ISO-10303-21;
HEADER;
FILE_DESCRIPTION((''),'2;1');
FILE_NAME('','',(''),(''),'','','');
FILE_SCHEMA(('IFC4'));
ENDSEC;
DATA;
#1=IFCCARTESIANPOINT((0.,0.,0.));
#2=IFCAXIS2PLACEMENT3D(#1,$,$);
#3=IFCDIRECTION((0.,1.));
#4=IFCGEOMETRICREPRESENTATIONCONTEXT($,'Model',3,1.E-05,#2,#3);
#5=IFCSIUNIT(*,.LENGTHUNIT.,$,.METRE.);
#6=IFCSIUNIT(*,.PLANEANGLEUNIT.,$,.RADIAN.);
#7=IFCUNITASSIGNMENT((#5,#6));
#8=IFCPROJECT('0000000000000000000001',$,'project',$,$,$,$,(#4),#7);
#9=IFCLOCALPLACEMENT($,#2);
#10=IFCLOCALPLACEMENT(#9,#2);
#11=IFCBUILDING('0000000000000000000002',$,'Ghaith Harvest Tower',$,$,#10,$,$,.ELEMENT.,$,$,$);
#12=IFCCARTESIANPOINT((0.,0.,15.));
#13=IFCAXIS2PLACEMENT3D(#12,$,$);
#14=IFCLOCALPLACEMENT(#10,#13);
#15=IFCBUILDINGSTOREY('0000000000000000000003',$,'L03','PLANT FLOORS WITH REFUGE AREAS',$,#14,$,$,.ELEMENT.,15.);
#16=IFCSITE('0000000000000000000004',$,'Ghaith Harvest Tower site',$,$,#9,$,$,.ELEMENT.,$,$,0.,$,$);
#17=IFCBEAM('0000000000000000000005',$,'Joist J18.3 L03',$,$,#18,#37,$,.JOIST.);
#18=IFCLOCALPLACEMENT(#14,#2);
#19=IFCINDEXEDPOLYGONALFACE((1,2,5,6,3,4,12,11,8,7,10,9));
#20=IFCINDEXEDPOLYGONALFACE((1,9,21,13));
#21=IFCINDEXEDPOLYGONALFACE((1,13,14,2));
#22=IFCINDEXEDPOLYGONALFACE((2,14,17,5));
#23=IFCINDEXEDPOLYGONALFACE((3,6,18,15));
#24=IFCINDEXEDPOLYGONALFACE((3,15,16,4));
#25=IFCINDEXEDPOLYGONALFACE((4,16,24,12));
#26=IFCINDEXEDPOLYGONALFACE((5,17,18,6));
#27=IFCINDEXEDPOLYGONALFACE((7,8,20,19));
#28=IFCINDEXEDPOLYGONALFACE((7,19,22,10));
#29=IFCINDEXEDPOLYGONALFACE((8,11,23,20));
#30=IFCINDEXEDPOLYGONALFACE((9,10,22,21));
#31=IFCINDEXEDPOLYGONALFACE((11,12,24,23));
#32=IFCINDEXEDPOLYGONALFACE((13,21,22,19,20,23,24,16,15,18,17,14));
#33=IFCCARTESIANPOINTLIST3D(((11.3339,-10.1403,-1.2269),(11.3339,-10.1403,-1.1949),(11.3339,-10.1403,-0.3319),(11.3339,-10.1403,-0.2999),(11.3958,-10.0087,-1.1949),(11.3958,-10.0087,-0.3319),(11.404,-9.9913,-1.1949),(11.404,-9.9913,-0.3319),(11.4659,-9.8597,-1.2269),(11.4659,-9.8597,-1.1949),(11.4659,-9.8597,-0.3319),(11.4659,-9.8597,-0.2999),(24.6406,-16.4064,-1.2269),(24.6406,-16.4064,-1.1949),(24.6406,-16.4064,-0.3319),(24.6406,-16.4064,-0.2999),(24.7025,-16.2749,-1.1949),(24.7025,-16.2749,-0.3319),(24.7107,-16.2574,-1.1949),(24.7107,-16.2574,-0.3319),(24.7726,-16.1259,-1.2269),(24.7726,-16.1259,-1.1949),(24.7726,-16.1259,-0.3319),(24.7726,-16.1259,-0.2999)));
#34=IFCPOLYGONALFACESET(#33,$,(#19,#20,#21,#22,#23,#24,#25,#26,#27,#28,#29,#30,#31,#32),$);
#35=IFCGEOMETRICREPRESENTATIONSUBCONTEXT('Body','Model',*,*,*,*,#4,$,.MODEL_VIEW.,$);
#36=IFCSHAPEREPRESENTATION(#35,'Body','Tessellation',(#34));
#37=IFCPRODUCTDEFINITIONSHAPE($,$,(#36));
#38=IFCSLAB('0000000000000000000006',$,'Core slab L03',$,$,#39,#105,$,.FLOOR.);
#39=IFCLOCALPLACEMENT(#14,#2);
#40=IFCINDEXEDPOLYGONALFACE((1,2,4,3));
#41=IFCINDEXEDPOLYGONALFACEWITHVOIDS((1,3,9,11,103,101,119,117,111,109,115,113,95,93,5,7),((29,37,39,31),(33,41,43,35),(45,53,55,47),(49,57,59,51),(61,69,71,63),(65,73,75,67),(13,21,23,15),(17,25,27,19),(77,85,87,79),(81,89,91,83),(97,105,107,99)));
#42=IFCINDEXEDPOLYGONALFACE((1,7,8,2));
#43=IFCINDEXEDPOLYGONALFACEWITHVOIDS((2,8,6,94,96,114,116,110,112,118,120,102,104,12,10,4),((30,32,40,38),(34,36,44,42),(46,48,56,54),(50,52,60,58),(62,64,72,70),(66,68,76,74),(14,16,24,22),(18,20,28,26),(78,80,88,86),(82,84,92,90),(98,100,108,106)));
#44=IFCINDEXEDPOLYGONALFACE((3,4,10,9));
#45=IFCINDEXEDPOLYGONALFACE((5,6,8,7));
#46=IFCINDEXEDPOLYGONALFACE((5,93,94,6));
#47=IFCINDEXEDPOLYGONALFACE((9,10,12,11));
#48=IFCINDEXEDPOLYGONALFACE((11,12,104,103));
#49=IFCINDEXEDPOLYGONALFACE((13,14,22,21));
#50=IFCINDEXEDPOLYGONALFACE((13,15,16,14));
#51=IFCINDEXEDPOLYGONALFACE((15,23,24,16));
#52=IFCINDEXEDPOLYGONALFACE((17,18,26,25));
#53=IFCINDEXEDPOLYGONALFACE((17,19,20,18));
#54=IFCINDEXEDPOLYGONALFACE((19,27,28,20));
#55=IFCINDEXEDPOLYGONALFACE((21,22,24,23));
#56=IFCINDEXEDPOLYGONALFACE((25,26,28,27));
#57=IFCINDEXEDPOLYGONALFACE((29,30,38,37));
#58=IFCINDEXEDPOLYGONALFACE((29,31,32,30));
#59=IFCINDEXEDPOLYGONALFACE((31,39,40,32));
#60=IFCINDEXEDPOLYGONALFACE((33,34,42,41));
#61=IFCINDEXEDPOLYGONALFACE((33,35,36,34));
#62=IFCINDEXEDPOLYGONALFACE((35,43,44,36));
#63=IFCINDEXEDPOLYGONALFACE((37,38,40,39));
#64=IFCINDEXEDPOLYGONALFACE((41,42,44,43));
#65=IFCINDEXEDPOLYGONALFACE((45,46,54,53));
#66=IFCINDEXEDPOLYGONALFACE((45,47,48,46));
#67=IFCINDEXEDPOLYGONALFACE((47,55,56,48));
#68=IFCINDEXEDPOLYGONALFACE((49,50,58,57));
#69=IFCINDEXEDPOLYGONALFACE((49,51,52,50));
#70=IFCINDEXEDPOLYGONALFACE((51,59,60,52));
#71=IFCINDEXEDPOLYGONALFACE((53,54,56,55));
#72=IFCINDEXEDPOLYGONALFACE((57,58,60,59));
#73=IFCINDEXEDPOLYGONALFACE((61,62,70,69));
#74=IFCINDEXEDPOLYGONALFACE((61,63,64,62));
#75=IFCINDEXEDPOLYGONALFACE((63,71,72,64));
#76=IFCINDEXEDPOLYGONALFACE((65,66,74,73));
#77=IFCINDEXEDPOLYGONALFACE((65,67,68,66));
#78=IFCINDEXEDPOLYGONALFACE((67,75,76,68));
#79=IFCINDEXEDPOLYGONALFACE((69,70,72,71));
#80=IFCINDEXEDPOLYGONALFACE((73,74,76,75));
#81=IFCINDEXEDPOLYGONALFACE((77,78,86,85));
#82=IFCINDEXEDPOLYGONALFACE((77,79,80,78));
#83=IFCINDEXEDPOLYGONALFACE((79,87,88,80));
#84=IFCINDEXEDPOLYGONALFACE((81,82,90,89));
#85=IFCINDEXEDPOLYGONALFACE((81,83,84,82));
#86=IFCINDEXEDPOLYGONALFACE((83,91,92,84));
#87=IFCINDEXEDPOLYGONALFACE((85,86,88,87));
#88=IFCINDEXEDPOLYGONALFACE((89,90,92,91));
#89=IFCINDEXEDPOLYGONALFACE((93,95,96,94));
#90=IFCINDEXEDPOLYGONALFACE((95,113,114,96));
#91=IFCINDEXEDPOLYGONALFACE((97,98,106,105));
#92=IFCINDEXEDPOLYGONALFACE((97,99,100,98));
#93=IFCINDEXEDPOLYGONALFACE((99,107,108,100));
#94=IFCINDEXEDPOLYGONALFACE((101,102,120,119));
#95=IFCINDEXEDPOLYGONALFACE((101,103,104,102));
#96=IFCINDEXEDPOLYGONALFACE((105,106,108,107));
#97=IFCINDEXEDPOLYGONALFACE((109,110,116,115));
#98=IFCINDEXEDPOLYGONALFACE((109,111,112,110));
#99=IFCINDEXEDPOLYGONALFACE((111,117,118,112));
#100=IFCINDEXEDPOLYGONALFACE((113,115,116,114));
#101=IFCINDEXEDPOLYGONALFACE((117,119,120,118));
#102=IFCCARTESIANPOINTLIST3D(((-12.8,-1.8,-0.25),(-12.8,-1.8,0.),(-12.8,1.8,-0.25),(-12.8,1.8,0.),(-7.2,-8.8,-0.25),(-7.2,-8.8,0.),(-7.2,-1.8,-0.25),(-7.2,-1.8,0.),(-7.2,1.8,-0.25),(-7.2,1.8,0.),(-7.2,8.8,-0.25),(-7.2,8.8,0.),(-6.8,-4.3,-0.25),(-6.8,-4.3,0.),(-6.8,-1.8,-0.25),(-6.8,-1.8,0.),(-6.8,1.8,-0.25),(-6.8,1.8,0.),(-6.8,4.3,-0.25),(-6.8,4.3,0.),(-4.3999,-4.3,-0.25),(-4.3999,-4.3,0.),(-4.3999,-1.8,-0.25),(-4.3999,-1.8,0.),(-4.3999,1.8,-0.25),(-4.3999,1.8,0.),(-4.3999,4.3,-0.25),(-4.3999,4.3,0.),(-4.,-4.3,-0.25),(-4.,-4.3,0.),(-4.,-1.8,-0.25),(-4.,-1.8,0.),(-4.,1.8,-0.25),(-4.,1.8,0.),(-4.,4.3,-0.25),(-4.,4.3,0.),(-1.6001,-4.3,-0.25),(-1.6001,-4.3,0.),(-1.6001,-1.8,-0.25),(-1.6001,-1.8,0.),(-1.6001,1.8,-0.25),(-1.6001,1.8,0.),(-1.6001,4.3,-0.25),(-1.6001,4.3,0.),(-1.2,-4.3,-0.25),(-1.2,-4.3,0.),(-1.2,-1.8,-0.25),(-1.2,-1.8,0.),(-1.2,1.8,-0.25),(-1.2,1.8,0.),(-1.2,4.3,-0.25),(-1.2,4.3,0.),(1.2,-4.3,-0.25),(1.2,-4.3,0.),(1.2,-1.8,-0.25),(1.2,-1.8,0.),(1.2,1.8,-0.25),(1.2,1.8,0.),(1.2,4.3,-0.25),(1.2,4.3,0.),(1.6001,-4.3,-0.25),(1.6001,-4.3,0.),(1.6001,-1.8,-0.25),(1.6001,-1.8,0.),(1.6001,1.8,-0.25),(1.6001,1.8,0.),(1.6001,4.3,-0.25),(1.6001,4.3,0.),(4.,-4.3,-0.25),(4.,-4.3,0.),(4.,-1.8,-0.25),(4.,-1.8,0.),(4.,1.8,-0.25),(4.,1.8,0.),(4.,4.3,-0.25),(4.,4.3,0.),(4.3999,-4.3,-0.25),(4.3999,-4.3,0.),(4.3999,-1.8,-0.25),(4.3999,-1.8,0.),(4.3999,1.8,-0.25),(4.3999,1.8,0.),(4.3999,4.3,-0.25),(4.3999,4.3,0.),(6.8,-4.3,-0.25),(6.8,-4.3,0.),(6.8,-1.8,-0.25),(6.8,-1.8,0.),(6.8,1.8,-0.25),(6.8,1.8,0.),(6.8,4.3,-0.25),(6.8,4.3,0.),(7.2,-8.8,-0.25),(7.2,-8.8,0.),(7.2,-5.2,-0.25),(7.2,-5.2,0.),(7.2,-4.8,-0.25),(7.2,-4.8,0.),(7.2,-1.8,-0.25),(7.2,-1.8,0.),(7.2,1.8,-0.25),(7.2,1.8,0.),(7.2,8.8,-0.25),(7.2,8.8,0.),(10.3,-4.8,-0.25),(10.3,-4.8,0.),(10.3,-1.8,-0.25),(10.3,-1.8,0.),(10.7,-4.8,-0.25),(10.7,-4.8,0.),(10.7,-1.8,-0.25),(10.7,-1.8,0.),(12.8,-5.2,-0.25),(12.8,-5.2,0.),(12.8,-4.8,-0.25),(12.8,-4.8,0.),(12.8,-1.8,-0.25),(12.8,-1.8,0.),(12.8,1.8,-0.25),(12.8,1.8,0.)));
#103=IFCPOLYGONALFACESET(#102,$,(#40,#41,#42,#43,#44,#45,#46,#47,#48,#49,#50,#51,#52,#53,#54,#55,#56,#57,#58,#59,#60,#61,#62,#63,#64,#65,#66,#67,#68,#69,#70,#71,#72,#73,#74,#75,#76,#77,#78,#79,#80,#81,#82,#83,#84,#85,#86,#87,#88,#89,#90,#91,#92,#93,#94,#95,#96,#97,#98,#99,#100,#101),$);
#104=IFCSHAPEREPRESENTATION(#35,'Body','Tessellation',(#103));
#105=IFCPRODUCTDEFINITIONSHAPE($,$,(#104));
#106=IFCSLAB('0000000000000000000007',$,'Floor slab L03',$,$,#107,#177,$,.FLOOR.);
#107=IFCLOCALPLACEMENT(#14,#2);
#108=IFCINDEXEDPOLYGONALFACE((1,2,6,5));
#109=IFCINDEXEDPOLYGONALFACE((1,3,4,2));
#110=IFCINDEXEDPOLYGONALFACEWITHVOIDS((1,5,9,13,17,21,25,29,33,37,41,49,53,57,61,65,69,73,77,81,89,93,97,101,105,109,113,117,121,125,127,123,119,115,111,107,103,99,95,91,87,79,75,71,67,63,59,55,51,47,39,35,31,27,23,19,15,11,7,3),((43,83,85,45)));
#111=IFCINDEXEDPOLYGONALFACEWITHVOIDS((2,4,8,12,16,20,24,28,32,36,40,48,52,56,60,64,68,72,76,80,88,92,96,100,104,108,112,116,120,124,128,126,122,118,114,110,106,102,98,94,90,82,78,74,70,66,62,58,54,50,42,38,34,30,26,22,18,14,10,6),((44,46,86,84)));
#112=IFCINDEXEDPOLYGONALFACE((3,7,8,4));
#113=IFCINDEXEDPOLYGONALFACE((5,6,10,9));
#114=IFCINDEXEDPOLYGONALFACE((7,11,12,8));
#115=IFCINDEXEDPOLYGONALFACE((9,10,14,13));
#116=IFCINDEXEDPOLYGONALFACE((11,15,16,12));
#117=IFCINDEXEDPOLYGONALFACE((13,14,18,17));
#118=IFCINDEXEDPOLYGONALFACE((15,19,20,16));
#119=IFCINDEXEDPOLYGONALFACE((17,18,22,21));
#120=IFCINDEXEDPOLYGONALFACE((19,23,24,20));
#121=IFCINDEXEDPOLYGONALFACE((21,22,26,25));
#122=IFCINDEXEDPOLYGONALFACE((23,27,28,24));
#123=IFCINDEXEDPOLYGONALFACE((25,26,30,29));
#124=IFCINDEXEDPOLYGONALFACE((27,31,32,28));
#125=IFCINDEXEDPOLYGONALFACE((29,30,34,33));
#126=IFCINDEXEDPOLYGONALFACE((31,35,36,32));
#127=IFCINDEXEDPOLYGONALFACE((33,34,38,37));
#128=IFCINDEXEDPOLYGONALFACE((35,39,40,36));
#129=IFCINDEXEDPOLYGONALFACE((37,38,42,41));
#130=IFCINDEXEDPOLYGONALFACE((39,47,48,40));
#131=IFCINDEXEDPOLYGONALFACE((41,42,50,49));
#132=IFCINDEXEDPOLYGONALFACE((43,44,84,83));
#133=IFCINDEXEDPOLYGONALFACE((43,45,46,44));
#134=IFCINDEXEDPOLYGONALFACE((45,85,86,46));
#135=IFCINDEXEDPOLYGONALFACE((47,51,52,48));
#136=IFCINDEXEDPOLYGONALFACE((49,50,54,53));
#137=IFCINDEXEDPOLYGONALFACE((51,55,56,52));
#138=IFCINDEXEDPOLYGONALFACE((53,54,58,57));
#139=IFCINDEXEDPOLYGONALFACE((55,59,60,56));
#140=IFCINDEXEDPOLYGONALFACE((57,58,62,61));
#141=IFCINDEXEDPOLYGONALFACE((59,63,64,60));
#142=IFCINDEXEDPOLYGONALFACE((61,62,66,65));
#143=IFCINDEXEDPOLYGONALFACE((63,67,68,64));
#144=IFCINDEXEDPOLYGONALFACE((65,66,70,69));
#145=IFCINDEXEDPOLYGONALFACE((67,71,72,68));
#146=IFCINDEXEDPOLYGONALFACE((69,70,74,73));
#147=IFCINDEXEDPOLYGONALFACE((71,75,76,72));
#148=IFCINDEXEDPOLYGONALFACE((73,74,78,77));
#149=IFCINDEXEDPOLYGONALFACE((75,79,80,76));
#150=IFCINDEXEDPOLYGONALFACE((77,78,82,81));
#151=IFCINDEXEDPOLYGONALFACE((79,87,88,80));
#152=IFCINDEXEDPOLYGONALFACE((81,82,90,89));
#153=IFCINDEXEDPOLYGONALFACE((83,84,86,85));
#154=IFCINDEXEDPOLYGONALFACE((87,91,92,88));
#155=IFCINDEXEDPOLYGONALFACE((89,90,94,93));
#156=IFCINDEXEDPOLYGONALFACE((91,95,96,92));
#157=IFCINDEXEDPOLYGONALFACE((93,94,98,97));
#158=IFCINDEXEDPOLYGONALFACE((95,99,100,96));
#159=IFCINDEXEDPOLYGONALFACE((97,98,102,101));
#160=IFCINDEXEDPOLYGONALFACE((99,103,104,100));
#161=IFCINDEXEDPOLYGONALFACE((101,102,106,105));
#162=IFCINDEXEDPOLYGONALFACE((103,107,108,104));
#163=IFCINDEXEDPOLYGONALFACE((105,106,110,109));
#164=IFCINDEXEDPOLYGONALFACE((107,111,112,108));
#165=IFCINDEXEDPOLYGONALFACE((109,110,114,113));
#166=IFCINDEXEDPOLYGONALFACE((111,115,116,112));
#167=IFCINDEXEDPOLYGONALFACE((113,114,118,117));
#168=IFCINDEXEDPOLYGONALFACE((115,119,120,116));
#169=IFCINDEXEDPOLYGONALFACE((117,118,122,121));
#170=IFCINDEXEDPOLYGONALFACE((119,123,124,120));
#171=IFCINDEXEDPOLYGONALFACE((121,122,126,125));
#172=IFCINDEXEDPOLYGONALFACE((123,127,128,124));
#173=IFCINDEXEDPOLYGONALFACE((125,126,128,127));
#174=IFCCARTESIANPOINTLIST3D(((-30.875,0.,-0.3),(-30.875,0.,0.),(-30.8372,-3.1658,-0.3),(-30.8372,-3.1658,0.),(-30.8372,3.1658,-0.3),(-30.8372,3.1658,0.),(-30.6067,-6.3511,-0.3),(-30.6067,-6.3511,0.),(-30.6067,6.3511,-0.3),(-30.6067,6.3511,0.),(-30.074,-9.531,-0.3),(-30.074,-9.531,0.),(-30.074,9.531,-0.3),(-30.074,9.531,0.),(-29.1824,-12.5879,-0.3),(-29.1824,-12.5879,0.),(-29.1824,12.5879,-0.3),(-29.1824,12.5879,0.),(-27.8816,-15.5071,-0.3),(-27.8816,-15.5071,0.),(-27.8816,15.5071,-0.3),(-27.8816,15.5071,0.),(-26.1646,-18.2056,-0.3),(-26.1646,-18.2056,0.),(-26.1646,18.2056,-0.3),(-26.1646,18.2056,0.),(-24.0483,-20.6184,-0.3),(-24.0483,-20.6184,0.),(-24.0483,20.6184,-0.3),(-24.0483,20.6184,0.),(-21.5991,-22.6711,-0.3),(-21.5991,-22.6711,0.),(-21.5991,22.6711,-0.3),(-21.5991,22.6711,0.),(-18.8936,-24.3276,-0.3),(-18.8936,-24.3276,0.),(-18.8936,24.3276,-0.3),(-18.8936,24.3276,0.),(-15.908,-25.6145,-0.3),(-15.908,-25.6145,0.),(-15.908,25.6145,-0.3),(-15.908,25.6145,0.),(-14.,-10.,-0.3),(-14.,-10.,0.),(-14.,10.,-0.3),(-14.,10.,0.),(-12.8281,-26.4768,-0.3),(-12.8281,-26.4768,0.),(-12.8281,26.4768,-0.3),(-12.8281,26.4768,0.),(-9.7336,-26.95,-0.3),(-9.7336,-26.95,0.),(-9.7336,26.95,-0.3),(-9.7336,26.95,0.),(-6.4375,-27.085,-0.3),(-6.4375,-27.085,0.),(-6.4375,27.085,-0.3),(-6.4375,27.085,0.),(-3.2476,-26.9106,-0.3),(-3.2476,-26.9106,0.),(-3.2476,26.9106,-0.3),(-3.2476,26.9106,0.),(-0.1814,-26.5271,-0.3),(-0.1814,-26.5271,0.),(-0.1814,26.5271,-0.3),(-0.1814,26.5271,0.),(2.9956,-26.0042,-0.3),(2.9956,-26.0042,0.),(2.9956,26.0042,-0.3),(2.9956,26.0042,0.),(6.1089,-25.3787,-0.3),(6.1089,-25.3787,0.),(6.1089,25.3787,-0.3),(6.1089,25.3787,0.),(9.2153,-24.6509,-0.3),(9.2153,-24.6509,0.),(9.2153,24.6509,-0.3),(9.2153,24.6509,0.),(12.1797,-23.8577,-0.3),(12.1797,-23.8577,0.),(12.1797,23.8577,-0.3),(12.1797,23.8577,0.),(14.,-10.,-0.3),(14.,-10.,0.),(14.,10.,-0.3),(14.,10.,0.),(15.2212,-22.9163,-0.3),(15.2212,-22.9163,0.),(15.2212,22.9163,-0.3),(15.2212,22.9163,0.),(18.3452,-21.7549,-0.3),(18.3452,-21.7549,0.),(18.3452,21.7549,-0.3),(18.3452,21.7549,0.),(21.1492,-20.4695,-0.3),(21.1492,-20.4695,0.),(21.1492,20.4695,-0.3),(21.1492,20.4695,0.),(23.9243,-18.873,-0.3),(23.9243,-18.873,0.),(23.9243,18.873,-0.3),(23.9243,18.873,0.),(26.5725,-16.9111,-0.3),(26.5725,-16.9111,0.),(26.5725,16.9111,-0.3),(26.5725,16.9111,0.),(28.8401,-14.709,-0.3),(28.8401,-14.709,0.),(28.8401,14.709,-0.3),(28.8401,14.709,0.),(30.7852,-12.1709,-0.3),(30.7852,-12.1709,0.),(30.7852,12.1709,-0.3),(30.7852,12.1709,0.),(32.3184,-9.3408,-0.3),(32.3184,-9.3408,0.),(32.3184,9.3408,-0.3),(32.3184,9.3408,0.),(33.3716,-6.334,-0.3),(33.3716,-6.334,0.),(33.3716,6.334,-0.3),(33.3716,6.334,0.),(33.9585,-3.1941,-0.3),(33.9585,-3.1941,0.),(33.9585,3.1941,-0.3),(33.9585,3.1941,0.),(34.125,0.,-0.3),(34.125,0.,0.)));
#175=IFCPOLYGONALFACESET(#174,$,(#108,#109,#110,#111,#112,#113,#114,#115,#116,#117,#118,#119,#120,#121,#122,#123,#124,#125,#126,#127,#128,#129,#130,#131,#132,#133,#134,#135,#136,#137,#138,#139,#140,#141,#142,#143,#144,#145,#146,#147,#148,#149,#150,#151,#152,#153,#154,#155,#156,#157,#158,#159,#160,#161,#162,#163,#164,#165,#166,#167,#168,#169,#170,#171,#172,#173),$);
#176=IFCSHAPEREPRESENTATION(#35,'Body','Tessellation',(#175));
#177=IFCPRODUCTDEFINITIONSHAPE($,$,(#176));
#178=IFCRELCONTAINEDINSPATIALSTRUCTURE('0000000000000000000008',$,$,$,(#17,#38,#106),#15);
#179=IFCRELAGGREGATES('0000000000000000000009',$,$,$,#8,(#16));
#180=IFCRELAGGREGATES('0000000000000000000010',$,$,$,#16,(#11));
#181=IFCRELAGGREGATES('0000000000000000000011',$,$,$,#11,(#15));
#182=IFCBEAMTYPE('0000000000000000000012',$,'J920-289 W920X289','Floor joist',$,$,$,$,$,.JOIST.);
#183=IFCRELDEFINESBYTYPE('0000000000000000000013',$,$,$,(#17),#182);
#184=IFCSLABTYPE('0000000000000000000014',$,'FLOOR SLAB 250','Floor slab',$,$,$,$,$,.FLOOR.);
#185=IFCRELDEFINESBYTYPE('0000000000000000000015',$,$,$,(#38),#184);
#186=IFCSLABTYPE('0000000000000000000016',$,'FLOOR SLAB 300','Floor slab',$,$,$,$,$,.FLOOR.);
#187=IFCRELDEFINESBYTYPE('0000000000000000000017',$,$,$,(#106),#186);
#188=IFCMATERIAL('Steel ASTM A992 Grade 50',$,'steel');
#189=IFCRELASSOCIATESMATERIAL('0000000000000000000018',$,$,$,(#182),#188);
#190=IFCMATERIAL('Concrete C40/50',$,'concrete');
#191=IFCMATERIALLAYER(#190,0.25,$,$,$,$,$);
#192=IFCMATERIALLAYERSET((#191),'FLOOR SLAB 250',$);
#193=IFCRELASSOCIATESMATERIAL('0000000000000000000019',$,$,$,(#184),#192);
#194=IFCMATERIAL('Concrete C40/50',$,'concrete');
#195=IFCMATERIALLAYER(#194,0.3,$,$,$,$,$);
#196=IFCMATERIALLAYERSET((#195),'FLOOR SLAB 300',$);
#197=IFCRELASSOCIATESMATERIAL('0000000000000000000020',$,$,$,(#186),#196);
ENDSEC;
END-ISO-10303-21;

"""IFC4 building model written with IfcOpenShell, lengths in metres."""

from ifc_helpers import new_model, si_unit, direction, frame, origin, origin_2d, place, context, subcontext, project, spatial, polyline, i_section, outline, extrude, material, layer, layer_set, material_profile, profile_set, type_object, element, save


model = new_model("IFC4")

# Units and contexts
model_context = context("Model", 3, precision=1e-05, world=origin(), true_north=direction((0.0, 1.0)))
body_context = subcontext(model_context, "Body", "Model", "MODEL_VIEW")
ifc_project = project(units=[si_unit("LENGTHUNIT", "METRE"), si_unit("PLANEANGLEUNIT", "RADIAN")], contexts=[model_context])

# Site, building, storey
site_placement = place(None, origin())
site = spatial("IfcSite", under=ifc_project, at=site_placement, Name="Ghaith Harvest Tower site", CompositionType="ELEMENT", RefElevation=0.0)
building_placement = place(site_placement, origin())
building = spatial("IfcBuilding", under=site, at=building_placement, Name="Ghaith Harvest Tower", CompositionType="ELEMENT")
storey_placement = place(building_placement, frame((0.0, 0.0, 15.0)))
storey = spatial("IfcBuildingStorey", under=building, at=storey_placement, Name="L03", Description="PLANT FLOORS WITH REFUGE AREAS", CompositionType="ELEMENT", Elevation=15.0)

# Beam
ifc_material_1 = material(Name="Steel ASTM A992 Grade 50", Category="steel")
ifc_material_profile_1 = material_profile(ifc_material_1, i_section(OverallWidth=0.3101, OverallDepth=0.927, WebThickness=0.0193, FlangeThickness=0.032, at=origin_2d()), Name="W920X289")
ifc_profile_set_1 = profile_set([ifc_material_profile_1], Name="Steel ASTM A992 Grade 50")
beam_type_1 = type_object("IfcBeamType", Name="J920-289 W920X289", Description="Floor joist", PredefinedType="JOIST", material=ifc_profile_set_1)
beam_1_placement = place(storey_placement, frame((11.3999, -10.0, -0.7634), z_axis=(0.90471, -0.426029, 0.0), x_axis=(0.426029, 0.90471, 0.0)))
element("IfcBeam", 1, at=beam_1_placement, inside=storey, type_object=beam_type_1, Name="Joist J18.3 L03", PredefinedType="JOIST", context=body_context, shape_type="SweptSolid", body=[
    extrude(i_section(OverallWidth=0.3101, OverallDepth=0.927, WebThickness=0.0193, FlangeThickness=0.032, at=origin_2d()), origin(), (0.0, 0.0, 1.0), 14.7083),
])

# Slabs
ifc_material_2 = material(Name="Concrete C40/50", Category="concrete")
ifc_layer_1 = layer(ifc_material_2, 0.25)
ifc_layer_set_1 = layer_set([ifc_layer_1], Name="FLOOR SLAB 250")
slab_type_1 = type_object("IfcSlabType", Name="FLOOR SLAB 250", Description="Floor slab", PredefinedType="FLOOR", material=ifc_layer_set_1)
slab_1_placement = place(storey_placement, frame((0.0, 0.0, -0.25)))
element("IfcSlab", 2, at=slab_1_placement, inside=storey, type_object=slab_type_1, Name="Core slab L03", PredefinedType="FLOOR", context=body_context, shape_type="SweptSolid", body=[
    extrude(outline(polyline([(-12.8, 1.8), (-7.2, 1.8), (-7.2, 8.8), (7.2, 8.8), (7.2, 1.8), (12.8, 1.8), (12.8, -1.8), (10.7, -1.8), (10.7, -4.8), (12.8, -4.8), (12.8, -5.2), (7.2, -5.2), (7.2, -8.8), (-7.2, -8.8), (-7.2, -1.8), (-12.8, -1.8), (-12.8, 1.8)]), holes=[polyline([(-4.3999, -4.3), (-4.3999, -1.8), (-6.8, -1.8), (-6.8, -4.3), (-4.3999, -4.3)]), polyline([(-1.6001, -4.3), (-1.6001, -1.8), (-4.0, -1.8), (-4.0, -4.3), (-1.6001, -4.3)]), polyline([(1.2, -4.3), (1.2, -1.8), (-1.2, -1.8), (-1.2, -4.3), (1.2, -4.3)]), polyline([(-4.3999, 1.8), (-4.3999, 4.3), (-6.8, 4.3), (-6.8, 1.8), (-4.3999, 1.8)]), polyline([(-1.6001, 1.8), (-1.6001, 4.3), (-4.0, 4.3), (-4.0, 1.8), (-1.6001, 1.8)]), polyline([(1.2, 1.8), (1.2, 4.3), (-1.2, 4.3), (-1.2, 1.8), (1.2, 1.8)]), polyline([(10.3, -4.8), (10.3, -1.8), (7.2, -1.8), (7.2, -4.8), (10.3, -4.8)]), polyline([(4.0, -4.3), (4.0, -1.8), (1.6001, -1.8), (1.6001, -4.3), (4.0, -4.3)]), polyline([(6.8, -4.3), (6.8, -1.8), (4.3999, -1.8), (4.3999, -4.3), (6.8, -4.3)]), polyline([(4.0, 1.8), (4.0, 4.3), (1.6001, 4.3), (1.6001, 1.8), (4.0, 1.8)]), polyline([(6.8, 1.8), (6.8, 4.3), (4.3999, 4.3), (4.3999, 1.8), (6.8, 1.8)])]), origin(), (0.0, 0.0, 1.0), 0.25),
])
ifc_material_3 = material(Name="Concrete C40/50", Category="concrete")
ifc_layer_2 = layer(ifc_material_3, 0.3)
ifc_layer_set_2 = layer_set([ifc_layer_2], Name="FLOOR SLAB 300")
slab_type_2 = type_object("IfcSlabType", Name="FLOOR SLAB 300", Description="Floor slab", PredefinedType="FLOOR", material=ifc_layer_set_2)
slab_2_placement = place(storey_placement, frame((0.0, 0.0, -0.3)))
element("IfcSlab", 3, at=slab_2_placement, inside=storey, type_object=slab_type_2, Name="Floor slab L03", PredefinedType="FLOOR", context=body_context, shape_type="SweptSolid", body=[
    extrude(outline(polyline([(34.125, 0.0), (33.9585, 3.1941), (33.3716, 6.334), (32.3184, 9.3408), (30.7852, 12.1709), (28.8401, 14.709), (26.5725, 16.9111), (23.9243, 18.873), (21.1492, 20.4695), (18.3452, 21.7549), (15.2212, 22.9163), (12.1797, 23.8577), (9.2153, 24.6509), (6.1089, 25.3787), (2.9956, 26.0042), (-0.1814, 26.5271), (-3.2476, 26.9106), (-6.4375, 27.085), (-9.7336, 26.95), (-12.8281, 26.4768), (-15.908, 25.6145), (-18.8936, 24.3276), (-21.5991, 22.6711), (-24.0483, 20.6184), (-26.1646, 18.2056), (-27.8816, 15.5071), (-29.1824, 12.5879), (-30.074, 9.531), (-30.6067, 6.3511), (-30.8372, 3.1658), (-30.875, 0.0), (-30.8372, -3.1658), (-30.6067, -6.3511), (-30.074, -9.531), (-29.1824, -12.5879), (-27.8816, -15.5071), (-26.1646, -18.2056), (-24.0483, -20.6184), (-21.5991, -22.6711), (-18.8936, -24.3276), (-15.908, -25.6145), (-12.8281, -26.4768), (-9.7336, -26.95), (-6.4375, -27.085), (-3.2476, -26.9106), (-0.1814, -26.5271), (2.9956, -26.0042), (6.1089, -25.3787), (9.2153, -24.6509), (12.1797, -23.8577), (15.2212, -22.9163), (18.3452, -21.7549), (21.1492, -20.4695), (23.9243, -18.873), (26.5725, -16.9111), (28.8401, -14.709), (30.7852, -12.1709), (32.3184, -9.3408), (33.3716, -6.334), (33.9585, -3.1941), (34.125, 0.0)]), holes=[polyline([(-14.0, -10.0), (14.0, -10.0), (14.0, 10.0), (-14.0, 10.0), (-14.0, -10.0)])]), origin(), (0.0, 0.0, 1.0), 0.3),
])

save(model, "model.ifc")
